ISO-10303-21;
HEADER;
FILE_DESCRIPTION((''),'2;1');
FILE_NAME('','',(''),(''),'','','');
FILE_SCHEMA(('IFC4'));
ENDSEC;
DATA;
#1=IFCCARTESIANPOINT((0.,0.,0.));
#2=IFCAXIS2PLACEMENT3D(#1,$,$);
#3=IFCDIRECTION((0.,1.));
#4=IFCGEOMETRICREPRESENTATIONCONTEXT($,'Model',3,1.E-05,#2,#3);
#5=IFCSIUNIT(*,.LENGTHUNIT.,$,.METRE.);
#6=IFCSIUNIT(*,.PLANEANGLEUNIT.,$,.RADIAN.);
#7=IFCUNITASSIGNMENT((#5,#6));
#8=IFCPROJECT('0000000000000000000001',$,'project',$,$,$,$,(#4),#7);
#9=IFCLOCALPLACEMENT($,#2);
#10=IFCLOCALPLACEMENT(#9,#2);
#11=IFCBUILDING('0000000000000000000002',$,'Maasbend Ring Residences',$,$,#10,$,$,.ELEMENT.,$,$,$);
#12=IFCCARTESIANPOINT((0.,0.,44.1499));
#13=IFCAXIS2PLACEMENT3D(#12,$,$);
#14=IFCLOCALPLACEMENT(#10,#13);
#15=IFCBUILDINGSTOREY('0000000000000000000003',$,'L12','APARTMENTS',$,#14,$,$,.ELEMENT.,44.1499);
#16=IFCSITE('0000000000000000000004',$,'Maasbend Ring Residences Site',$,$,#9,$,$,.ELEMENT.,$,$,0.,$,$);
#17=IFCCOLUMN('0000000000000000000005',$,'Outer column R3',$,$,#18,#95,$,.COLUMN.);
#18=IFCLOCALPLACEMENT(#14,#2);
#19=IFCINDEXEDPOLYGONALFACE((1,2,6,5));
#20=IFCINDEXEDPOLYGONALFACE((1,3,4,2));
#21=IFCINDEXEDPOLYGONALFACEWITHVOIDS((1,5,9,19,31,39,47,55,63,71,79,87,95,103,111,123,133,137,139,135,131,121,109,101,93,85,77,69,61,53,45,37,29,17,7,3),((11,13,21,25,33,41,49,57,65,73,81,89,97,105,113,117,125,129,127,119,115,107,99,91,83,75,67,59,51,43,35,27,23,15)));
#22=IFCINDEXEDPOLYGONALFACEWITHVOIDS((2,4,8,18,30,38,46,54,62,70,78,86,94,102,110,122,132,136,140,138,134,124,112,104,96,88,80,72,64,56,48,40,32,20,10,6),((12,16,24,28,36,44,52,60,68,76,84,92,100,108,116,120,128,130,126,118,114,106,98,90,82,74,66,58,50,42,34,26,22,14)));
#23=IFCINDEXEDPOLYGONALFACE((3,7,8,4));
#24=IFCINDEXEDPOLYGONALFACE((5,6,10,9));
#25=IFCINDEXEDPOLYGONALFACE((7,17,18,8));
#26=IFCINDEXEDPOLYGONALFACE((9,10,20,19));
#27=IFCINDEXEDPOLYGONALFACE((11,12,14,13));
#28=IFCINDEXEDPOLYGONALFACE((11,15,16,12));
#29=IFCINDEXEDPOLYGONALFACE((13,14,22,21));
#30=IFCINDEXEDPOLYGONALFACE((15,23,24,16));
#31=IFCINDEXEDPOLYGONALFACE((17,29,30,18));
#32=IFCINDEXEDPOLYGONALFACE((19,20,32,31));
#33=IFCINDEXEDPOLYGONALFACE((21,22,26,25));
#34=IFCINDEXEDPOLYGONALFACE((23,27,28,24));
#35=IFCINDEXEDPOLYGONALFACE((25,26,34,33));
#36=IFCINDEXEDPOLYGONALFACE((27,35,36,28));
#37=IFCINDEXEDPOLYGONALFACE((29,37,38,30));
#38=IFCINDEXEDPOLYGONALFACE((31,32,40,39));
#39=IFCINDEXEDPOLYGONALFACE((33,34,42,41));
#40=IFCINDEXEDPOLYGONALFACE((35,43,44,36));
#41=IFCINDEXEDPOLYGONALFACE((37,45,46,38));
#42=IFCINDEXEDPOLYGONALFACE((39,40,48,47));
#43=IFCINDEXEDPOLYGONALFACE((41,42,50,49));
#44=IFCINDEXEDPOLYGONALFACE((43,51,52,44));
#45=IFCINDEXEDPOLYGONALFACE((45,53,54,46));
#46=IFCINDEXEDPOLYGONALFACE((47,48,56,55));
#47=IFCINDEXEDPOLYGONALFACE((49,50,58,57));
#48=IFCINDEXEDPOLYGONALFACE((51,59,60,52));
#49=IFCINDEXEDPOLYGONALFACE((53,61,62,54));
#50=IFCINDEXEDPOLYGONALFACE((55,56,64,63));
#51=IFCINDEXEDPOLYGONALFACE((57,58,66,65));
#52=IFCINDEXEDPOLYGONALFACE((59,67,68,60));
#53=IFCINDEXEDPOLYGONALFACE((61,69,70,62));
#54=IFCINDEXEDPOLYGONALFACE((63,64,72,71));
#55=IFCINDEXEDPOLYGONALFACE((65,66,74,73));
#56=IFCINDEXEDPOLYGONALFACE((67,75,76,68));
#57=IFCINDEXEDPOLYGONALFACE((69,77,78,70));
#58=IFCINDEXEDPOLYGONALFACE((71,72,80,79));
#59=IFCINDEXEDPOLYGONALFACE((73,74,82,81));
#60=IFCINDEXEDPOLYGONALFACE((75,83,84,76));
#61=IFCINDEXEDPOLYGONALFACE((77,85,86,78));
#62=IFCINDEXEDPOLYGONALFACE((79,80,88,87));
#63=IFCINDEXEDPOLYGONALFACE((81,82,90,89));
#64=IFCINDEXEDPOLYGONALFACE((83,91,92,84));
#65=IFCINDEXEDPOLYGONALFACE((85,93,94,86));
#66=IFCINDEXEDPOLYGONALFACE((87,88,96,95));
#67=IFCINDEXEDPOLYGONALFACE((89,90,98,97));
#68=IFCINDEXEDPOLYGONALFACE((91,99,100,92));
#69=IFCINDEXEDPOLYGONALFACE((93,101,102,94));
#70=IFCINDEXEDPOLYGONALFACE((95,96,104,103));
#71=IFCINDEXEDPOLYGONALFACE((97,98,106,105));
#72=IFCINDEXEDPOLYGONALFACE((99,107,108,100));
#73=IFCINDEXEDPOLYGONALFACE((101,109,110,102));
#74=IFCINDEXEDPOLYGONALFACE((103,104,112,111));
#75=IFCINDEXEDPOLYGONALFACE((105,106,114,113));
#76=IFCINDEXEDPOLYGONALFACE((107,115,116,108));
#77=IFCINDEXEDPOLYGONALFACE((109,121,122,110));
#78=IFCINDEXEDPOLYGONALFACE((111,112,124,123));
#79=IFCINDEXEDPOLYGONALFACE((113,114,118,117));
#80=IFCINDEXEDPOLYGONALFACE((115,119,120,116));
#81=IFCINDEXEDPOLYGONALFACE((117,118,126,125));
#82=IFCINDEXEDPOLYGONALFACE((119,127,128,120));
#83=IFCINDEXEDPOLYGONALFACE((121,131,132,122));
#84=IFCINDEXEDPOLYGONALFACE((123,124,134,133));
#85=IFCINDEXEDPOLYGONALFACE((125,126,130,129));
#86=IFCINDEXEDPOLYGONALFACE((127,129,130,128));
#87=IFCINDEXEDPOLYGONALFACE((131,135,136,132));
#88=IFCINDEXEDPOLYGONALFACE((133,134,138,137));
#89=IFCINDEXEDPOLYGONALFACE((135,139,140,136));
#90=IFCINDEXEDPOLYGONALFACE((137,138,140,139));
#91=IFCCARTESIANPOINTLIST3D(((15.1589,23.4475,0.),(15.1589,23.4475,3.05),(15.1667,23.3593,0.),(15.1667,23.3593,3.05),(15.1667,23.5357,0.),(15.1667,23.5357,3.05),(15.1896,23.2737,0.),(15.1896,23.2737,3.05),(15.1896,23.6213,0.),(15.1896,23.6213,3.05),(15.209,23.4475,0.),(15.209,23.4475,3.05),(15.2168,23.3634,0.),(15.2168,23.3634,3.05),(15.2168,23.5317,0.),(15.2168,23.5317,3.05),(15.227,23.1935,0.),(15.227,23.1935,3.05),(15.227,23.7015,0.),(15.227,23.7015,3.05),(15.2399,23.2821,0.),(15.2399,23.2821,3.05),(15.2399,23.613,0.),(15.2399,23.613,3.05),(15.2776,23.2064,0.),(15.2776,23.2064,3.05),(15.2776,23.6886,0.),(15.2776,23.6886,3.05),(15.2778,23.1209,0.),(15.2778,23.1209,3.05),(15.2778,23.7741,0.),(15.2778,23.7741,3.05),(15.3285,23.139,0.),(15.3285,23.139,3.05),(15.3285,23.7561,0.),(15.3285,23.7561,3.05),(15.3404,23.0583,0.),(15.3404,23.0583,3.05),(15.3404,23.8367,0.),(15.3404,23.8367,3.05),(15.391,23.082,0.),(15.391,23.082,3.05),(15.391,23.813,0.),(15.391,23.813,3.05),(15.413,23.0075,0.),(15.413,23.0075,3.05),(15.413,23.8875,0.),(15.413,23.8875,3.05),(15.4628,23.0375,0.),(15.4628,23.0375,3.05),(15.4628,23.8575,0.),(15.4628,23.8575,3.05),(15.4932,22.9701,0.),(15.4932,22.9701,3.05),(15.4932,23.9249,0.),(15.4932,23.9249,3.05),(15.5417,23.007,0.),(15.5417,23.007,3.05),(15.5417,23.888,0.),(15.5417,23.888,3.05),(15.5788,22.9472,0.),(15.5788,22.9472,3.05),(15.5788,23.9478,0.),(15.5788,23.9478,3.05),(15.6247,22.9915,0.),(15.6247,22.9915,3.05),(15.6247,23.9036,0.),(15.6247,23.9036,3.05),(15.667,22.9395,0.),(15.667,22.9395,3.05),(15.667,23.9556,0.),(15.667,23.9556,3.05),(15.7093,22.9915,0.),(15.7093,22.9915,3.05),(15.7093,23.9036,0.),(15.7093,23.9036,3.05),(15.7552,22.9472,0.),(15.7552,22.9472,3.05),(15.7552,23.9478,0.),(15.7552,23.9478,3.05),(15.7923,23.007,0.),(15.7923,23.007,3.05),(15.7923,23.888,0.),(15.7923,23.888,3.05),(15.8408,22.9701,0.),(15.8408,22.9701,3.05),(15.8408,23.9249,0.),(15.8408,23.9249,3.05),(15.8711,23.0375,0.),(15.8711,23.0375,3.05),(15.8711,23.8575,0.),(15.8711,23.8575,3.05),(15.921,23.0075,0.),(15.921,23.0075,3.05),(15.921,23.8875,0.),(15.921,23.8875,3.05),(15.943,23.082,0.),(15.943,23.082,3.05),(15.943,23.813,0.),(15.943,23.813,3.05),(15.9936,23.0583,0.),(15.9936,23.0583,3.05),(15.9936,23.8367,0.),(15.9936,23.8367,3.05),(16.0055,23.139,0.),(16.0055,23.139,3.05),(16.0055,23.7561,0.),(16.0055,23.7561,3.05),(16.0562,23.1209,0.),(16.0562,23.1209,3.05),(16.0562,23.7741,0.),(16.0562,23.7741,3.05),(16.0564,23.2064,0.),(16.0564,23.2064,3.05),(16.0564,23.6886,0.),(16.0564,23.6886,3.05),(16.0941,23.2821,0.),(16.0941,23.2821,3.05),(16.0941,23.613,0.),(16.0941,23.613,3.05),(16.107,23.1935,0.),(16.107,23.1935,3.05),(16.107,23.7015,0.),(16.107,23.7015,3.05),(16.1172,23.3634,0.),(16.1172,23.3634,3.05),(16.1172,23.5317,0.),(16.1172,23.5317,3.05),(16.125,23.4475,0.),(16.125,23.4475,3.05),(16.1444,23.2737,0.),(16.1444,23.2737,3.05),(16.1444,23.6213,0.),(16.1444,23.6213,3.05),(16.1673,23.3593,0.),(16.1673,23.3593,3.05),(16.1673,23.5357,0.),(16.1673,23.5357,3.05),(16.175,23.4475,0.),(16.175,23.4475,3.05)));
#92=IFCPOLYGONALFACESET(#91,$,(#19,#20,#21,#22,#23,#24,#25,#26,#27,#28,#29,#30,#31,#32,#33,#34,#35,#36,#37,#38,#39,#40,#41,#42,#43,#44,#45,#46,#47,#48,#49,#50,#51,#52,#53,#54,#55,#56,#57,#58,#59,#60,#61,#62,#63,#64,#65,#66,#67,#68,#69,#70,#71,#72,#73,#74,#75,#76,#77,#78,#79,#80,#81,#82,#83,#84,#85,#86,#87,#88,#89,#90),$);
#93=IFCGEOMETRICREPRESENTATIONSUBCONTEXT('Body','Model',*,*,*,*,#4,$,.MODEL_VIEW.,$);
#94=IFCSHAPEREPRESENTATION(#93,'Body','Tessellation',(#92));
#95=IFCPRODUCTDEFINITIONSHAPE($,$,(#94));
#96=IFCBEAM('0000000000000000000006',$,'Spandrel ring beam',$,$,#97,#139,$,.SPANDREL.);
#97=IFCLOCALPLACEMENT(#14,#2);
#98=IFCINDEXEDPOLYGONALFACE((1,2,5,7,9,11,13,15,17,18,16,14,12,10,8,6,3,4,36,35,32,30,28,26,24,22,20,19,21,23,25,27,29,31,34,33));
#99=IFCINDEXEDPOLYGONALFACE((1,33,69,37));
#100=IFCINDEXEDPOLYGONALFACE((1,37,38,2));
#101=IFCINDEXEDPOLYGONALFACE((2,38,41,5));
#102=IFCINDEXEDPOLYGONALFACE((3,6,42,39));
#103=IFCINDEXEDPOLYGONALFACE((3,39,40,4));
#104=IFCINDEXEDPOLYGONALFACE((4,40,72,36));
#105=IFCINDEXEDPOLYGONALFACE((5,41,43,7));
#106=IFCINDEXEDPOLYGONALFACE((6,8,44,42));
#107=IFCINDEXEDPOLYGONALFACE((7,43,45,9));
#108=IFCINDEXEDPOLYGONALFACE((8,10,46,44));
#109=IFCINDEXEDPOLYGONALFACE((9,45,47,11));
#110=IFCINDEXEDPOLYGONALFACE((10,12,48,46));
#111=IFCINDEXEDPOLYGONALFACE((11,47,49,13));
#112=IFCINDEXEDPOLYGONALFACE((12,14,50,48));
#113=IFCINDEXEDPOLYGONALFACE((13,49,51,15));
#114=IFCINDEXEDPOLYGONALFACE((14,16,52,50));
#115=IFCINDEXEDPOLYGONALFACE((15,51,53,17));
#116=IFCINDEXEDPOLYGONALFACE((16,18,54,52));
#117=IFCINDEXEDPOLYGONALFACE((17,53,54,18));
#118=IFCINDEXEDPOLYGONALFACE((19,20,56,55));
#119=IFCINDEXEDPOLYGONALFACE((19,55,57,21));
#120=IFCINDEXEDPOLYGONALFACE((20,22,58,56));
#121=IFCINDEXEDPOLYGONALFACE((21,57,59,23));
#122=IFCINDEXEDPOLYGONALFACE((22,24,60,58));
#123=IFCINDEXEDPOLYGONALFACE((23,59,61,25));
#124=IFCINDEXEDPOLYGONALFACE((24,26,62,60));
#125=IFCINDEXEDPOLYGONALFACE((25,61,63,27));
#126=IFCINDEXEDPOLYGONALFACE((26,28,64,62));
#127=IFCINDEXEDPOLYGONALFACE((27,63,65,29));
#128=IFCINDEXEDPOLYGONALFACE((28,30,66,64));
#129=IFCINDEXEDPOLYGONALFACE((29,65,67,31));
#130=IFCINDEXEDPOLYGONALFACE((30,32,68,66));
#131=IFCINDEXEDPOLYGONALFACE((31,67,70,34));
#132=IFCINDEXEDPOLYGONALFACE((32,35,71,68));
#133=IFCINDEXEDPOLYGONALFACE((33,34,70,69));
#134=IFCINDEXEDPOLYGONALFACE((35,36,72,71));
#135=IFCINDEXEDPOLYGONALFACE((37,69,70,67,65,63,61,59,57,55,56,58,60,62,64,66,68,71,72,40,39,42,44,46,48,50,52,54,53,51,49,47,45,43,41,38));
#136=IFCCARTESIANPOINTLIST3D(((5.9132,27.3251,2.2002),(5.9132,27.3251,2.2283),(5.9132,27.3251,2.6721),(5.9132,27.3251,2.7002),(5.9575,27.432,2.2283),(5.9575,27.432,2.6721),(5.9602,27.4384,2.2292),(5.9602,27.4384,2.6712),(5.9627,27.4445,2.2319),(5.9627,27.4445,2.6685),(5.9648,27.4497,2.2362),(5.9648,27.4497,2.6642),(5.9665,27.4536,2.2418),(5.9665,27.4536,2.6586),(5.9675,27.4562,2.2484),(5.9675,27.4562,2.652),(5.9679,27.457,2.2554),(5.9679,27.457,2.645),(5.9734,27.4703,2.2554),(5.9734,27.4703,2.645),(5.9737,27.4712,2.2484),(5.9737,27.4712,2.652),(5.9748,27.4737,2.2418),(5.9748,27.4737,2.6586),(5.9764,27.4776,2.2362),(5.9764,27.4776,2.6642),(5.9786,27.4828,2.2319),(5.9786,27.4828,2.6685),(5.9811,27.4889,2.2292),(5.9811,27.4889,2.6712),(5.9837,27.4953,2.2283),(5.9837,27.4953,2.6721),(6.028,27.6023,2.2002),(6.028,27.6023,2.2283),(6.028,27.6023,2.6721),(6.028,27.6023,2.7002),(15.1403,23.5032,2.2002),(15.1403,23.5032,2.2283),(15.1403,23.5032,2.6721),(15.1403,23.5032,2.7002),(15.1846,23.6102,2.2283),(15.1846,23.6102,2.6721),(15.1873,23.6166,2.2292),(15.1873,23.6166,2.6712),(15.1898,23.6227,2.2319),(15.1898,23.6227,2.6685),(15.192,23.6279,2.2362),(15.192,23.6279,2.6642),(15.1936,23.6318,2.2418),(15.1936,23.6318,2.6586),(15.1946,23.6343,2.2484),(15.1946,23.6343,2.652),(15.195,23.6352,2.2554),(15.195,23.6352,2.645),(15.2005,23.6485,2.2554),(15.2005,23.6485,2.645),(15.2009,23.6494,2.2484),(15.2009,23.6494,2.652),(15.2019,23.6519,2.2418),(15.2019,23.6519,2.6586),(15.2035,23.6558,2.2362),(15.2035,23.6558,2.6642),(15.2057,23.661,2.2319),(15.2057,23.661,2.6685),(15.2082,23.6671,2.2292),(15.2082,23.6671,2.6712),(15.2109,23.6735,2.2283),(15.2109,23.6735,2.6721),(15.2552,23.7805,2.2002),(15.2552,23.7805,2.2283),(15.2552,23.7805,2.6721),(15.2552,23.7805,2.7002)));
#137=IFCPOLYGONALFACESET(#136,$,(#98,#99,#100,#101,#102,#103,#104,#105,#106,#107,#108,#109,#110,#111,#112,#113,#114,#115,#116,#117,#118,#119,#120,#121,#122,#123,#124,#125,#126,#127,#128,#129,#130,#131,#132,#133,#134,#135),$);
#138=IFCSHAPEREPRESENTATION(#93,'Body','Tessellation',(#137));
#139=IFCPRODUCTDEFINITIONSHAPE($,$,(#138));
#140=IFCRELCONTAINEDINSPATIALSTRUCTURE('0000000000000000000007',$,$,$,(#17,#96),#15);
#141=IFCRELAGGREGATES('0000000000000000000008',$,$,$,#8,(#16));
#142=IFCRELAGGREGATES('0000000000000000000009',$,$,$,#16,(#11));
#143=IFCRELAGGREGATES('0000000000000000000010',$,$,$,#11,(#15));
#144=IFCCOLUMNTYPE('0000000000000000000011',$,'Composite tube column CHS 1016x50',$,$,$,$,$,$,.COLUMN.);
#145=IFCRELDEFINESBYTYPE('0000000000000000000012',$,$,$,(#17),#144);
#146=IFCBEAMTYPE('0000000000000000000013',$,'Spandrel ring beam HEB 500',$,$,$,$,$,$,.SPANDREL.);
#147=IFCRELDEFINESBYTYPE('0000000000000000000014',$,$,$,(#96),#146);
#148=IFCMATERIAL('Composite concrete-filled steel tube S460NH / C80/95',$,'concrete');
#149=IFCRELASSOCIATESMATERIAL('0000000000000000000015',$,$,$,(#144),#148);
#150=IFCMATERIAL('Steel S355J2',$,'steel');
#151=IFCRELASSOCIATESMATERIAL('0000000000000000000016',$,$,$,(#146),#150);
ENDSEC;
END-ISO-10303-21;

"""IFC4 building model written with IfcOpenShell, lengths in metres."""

from ifc_helpers import new_model, si_unit, direction, frame, origin, origin_2d, place, context, subcontext, project, spatial, hollow_circle, i_section, extrude, material, material_profile, profile_set, type_object, element, save


model = new_model("IFC4")

# Units and contexts
model_context = context("Model", 3, precision=1e-05, world=origin(), true_north=direction((0.0, 1.0)))
body_context = subcontext(model_context, "Body", "Model", "MODEL_VIEW")
ifc_project = project(units=[si_unit("LENGTHUNIT", "METRE"), si_unit("PLANEANGLEUNIT", "RADIAN")], contexts=[model_context])

# Site, building, storey
site_placement = place(None, origin())
site = spatial("IfcSite", under=ifc_project, at=site_placement, Name="Maasbend Ring Residences Site", CompositionType="ELEMENT", RefElevation=0.0)
building_placement = place(site_placement, origin())
building = spatial("IfcBuilding", under=site, at=building_placement, Name="Maasbend Ring Residences", CompositionType="ELEMENT")
storey_placement = place(building_placement, frame((0.0, 0.0, 44.1499)))
storey = spatial("IfcBuildingStorey", under=building, at=storey_placement, Name="L12", Description="APARTMENTS", CompositionType="ELEMENT", Elevation=44.1499)

# Column
ifc_material_1 = material(Name="Composite concrete-filled steel tube S460NH / C80/95", Category="concrete")
ifc_material_profile_1 = material_profile(ifc_material_1, hollow_circle(Radius=0.5081, WallThickness=0.05, at=origin_2d()), Name="Composite tube column CHS 1016x50")
ifc_profile_set_1 = profile_set([ifc_material_profile_1], Name="Composite concrete-filled steel tube S460NH / C80/95")
column_type = type_object("IfcColumnType", Name="Composite tube column CHS 1016x50", PredefinedType="COLUMN", material=ifc_profile_set_1)
column_placement = place(storey_placement, frame((15.667, 23.4475, 0.0), z_axis=(0.0, 0.0, 1.0), x_axis=(1.0, 0.0, 0.0)))
element("IfcColumn", 1, at=column_placement, inside=storey, type_object=column_type, Name="Outer column R3", PredefinedType="COLUMN", context=body_context, shape_type="SweptSolid", body=[
    extrude(hollow_circle(Radius=0.5081, WallThickness=0.05, at=origin_2d()), origin(), (0.0, 0.0, 1.0), 3.05),
])

# Beam
ifc_material_2 = material(Name="Steel S355J2", Category="steel")
ifc_material_profile_2 = material_profile(ifc_material_2, i_section(OverallWidth=0.3, OverallDepth=0.5, WebThickness=0.0144, FlangeThickness=0.0281, FilletRadius=0.0271, at=origin_2d()), Name="HEB 500")
ifc_profile_set_2 = profile_set([ifc_material_profile_2], Name="Steel S355J2")
beam_type = type_object("IfcBeamType", Name="Spandrel ring beam HEB 500", PredefinedType="SPANDREL", material=ifc_profile_set_2)
beam_placement = place(storey_placement, frame((15.1978, 23.6418, 2.4502), z_axis=(-0.923886, 0.382667, 0.0), x_axis=(-0.382667, -0.923886, 0.0)))
element("IfcBeam", 2, at=beam_placement, inside=storey, type_object=beam_type, Name="Spandrel ring beam", PredefinedType="SPANDREL", context=body_context, shape_type="SweptSolid", body=[
    extrude(i_section(OverallWidth=0.3, OverallDepth=0.5, WebThickness=0.0144, FlangeThickness=0.0281, FilletRadius=0.0271, at=origin_2d()), origin(), (0.0, 0.0, 1.0), 9.9873),
])

save(model, "model.ifc")
